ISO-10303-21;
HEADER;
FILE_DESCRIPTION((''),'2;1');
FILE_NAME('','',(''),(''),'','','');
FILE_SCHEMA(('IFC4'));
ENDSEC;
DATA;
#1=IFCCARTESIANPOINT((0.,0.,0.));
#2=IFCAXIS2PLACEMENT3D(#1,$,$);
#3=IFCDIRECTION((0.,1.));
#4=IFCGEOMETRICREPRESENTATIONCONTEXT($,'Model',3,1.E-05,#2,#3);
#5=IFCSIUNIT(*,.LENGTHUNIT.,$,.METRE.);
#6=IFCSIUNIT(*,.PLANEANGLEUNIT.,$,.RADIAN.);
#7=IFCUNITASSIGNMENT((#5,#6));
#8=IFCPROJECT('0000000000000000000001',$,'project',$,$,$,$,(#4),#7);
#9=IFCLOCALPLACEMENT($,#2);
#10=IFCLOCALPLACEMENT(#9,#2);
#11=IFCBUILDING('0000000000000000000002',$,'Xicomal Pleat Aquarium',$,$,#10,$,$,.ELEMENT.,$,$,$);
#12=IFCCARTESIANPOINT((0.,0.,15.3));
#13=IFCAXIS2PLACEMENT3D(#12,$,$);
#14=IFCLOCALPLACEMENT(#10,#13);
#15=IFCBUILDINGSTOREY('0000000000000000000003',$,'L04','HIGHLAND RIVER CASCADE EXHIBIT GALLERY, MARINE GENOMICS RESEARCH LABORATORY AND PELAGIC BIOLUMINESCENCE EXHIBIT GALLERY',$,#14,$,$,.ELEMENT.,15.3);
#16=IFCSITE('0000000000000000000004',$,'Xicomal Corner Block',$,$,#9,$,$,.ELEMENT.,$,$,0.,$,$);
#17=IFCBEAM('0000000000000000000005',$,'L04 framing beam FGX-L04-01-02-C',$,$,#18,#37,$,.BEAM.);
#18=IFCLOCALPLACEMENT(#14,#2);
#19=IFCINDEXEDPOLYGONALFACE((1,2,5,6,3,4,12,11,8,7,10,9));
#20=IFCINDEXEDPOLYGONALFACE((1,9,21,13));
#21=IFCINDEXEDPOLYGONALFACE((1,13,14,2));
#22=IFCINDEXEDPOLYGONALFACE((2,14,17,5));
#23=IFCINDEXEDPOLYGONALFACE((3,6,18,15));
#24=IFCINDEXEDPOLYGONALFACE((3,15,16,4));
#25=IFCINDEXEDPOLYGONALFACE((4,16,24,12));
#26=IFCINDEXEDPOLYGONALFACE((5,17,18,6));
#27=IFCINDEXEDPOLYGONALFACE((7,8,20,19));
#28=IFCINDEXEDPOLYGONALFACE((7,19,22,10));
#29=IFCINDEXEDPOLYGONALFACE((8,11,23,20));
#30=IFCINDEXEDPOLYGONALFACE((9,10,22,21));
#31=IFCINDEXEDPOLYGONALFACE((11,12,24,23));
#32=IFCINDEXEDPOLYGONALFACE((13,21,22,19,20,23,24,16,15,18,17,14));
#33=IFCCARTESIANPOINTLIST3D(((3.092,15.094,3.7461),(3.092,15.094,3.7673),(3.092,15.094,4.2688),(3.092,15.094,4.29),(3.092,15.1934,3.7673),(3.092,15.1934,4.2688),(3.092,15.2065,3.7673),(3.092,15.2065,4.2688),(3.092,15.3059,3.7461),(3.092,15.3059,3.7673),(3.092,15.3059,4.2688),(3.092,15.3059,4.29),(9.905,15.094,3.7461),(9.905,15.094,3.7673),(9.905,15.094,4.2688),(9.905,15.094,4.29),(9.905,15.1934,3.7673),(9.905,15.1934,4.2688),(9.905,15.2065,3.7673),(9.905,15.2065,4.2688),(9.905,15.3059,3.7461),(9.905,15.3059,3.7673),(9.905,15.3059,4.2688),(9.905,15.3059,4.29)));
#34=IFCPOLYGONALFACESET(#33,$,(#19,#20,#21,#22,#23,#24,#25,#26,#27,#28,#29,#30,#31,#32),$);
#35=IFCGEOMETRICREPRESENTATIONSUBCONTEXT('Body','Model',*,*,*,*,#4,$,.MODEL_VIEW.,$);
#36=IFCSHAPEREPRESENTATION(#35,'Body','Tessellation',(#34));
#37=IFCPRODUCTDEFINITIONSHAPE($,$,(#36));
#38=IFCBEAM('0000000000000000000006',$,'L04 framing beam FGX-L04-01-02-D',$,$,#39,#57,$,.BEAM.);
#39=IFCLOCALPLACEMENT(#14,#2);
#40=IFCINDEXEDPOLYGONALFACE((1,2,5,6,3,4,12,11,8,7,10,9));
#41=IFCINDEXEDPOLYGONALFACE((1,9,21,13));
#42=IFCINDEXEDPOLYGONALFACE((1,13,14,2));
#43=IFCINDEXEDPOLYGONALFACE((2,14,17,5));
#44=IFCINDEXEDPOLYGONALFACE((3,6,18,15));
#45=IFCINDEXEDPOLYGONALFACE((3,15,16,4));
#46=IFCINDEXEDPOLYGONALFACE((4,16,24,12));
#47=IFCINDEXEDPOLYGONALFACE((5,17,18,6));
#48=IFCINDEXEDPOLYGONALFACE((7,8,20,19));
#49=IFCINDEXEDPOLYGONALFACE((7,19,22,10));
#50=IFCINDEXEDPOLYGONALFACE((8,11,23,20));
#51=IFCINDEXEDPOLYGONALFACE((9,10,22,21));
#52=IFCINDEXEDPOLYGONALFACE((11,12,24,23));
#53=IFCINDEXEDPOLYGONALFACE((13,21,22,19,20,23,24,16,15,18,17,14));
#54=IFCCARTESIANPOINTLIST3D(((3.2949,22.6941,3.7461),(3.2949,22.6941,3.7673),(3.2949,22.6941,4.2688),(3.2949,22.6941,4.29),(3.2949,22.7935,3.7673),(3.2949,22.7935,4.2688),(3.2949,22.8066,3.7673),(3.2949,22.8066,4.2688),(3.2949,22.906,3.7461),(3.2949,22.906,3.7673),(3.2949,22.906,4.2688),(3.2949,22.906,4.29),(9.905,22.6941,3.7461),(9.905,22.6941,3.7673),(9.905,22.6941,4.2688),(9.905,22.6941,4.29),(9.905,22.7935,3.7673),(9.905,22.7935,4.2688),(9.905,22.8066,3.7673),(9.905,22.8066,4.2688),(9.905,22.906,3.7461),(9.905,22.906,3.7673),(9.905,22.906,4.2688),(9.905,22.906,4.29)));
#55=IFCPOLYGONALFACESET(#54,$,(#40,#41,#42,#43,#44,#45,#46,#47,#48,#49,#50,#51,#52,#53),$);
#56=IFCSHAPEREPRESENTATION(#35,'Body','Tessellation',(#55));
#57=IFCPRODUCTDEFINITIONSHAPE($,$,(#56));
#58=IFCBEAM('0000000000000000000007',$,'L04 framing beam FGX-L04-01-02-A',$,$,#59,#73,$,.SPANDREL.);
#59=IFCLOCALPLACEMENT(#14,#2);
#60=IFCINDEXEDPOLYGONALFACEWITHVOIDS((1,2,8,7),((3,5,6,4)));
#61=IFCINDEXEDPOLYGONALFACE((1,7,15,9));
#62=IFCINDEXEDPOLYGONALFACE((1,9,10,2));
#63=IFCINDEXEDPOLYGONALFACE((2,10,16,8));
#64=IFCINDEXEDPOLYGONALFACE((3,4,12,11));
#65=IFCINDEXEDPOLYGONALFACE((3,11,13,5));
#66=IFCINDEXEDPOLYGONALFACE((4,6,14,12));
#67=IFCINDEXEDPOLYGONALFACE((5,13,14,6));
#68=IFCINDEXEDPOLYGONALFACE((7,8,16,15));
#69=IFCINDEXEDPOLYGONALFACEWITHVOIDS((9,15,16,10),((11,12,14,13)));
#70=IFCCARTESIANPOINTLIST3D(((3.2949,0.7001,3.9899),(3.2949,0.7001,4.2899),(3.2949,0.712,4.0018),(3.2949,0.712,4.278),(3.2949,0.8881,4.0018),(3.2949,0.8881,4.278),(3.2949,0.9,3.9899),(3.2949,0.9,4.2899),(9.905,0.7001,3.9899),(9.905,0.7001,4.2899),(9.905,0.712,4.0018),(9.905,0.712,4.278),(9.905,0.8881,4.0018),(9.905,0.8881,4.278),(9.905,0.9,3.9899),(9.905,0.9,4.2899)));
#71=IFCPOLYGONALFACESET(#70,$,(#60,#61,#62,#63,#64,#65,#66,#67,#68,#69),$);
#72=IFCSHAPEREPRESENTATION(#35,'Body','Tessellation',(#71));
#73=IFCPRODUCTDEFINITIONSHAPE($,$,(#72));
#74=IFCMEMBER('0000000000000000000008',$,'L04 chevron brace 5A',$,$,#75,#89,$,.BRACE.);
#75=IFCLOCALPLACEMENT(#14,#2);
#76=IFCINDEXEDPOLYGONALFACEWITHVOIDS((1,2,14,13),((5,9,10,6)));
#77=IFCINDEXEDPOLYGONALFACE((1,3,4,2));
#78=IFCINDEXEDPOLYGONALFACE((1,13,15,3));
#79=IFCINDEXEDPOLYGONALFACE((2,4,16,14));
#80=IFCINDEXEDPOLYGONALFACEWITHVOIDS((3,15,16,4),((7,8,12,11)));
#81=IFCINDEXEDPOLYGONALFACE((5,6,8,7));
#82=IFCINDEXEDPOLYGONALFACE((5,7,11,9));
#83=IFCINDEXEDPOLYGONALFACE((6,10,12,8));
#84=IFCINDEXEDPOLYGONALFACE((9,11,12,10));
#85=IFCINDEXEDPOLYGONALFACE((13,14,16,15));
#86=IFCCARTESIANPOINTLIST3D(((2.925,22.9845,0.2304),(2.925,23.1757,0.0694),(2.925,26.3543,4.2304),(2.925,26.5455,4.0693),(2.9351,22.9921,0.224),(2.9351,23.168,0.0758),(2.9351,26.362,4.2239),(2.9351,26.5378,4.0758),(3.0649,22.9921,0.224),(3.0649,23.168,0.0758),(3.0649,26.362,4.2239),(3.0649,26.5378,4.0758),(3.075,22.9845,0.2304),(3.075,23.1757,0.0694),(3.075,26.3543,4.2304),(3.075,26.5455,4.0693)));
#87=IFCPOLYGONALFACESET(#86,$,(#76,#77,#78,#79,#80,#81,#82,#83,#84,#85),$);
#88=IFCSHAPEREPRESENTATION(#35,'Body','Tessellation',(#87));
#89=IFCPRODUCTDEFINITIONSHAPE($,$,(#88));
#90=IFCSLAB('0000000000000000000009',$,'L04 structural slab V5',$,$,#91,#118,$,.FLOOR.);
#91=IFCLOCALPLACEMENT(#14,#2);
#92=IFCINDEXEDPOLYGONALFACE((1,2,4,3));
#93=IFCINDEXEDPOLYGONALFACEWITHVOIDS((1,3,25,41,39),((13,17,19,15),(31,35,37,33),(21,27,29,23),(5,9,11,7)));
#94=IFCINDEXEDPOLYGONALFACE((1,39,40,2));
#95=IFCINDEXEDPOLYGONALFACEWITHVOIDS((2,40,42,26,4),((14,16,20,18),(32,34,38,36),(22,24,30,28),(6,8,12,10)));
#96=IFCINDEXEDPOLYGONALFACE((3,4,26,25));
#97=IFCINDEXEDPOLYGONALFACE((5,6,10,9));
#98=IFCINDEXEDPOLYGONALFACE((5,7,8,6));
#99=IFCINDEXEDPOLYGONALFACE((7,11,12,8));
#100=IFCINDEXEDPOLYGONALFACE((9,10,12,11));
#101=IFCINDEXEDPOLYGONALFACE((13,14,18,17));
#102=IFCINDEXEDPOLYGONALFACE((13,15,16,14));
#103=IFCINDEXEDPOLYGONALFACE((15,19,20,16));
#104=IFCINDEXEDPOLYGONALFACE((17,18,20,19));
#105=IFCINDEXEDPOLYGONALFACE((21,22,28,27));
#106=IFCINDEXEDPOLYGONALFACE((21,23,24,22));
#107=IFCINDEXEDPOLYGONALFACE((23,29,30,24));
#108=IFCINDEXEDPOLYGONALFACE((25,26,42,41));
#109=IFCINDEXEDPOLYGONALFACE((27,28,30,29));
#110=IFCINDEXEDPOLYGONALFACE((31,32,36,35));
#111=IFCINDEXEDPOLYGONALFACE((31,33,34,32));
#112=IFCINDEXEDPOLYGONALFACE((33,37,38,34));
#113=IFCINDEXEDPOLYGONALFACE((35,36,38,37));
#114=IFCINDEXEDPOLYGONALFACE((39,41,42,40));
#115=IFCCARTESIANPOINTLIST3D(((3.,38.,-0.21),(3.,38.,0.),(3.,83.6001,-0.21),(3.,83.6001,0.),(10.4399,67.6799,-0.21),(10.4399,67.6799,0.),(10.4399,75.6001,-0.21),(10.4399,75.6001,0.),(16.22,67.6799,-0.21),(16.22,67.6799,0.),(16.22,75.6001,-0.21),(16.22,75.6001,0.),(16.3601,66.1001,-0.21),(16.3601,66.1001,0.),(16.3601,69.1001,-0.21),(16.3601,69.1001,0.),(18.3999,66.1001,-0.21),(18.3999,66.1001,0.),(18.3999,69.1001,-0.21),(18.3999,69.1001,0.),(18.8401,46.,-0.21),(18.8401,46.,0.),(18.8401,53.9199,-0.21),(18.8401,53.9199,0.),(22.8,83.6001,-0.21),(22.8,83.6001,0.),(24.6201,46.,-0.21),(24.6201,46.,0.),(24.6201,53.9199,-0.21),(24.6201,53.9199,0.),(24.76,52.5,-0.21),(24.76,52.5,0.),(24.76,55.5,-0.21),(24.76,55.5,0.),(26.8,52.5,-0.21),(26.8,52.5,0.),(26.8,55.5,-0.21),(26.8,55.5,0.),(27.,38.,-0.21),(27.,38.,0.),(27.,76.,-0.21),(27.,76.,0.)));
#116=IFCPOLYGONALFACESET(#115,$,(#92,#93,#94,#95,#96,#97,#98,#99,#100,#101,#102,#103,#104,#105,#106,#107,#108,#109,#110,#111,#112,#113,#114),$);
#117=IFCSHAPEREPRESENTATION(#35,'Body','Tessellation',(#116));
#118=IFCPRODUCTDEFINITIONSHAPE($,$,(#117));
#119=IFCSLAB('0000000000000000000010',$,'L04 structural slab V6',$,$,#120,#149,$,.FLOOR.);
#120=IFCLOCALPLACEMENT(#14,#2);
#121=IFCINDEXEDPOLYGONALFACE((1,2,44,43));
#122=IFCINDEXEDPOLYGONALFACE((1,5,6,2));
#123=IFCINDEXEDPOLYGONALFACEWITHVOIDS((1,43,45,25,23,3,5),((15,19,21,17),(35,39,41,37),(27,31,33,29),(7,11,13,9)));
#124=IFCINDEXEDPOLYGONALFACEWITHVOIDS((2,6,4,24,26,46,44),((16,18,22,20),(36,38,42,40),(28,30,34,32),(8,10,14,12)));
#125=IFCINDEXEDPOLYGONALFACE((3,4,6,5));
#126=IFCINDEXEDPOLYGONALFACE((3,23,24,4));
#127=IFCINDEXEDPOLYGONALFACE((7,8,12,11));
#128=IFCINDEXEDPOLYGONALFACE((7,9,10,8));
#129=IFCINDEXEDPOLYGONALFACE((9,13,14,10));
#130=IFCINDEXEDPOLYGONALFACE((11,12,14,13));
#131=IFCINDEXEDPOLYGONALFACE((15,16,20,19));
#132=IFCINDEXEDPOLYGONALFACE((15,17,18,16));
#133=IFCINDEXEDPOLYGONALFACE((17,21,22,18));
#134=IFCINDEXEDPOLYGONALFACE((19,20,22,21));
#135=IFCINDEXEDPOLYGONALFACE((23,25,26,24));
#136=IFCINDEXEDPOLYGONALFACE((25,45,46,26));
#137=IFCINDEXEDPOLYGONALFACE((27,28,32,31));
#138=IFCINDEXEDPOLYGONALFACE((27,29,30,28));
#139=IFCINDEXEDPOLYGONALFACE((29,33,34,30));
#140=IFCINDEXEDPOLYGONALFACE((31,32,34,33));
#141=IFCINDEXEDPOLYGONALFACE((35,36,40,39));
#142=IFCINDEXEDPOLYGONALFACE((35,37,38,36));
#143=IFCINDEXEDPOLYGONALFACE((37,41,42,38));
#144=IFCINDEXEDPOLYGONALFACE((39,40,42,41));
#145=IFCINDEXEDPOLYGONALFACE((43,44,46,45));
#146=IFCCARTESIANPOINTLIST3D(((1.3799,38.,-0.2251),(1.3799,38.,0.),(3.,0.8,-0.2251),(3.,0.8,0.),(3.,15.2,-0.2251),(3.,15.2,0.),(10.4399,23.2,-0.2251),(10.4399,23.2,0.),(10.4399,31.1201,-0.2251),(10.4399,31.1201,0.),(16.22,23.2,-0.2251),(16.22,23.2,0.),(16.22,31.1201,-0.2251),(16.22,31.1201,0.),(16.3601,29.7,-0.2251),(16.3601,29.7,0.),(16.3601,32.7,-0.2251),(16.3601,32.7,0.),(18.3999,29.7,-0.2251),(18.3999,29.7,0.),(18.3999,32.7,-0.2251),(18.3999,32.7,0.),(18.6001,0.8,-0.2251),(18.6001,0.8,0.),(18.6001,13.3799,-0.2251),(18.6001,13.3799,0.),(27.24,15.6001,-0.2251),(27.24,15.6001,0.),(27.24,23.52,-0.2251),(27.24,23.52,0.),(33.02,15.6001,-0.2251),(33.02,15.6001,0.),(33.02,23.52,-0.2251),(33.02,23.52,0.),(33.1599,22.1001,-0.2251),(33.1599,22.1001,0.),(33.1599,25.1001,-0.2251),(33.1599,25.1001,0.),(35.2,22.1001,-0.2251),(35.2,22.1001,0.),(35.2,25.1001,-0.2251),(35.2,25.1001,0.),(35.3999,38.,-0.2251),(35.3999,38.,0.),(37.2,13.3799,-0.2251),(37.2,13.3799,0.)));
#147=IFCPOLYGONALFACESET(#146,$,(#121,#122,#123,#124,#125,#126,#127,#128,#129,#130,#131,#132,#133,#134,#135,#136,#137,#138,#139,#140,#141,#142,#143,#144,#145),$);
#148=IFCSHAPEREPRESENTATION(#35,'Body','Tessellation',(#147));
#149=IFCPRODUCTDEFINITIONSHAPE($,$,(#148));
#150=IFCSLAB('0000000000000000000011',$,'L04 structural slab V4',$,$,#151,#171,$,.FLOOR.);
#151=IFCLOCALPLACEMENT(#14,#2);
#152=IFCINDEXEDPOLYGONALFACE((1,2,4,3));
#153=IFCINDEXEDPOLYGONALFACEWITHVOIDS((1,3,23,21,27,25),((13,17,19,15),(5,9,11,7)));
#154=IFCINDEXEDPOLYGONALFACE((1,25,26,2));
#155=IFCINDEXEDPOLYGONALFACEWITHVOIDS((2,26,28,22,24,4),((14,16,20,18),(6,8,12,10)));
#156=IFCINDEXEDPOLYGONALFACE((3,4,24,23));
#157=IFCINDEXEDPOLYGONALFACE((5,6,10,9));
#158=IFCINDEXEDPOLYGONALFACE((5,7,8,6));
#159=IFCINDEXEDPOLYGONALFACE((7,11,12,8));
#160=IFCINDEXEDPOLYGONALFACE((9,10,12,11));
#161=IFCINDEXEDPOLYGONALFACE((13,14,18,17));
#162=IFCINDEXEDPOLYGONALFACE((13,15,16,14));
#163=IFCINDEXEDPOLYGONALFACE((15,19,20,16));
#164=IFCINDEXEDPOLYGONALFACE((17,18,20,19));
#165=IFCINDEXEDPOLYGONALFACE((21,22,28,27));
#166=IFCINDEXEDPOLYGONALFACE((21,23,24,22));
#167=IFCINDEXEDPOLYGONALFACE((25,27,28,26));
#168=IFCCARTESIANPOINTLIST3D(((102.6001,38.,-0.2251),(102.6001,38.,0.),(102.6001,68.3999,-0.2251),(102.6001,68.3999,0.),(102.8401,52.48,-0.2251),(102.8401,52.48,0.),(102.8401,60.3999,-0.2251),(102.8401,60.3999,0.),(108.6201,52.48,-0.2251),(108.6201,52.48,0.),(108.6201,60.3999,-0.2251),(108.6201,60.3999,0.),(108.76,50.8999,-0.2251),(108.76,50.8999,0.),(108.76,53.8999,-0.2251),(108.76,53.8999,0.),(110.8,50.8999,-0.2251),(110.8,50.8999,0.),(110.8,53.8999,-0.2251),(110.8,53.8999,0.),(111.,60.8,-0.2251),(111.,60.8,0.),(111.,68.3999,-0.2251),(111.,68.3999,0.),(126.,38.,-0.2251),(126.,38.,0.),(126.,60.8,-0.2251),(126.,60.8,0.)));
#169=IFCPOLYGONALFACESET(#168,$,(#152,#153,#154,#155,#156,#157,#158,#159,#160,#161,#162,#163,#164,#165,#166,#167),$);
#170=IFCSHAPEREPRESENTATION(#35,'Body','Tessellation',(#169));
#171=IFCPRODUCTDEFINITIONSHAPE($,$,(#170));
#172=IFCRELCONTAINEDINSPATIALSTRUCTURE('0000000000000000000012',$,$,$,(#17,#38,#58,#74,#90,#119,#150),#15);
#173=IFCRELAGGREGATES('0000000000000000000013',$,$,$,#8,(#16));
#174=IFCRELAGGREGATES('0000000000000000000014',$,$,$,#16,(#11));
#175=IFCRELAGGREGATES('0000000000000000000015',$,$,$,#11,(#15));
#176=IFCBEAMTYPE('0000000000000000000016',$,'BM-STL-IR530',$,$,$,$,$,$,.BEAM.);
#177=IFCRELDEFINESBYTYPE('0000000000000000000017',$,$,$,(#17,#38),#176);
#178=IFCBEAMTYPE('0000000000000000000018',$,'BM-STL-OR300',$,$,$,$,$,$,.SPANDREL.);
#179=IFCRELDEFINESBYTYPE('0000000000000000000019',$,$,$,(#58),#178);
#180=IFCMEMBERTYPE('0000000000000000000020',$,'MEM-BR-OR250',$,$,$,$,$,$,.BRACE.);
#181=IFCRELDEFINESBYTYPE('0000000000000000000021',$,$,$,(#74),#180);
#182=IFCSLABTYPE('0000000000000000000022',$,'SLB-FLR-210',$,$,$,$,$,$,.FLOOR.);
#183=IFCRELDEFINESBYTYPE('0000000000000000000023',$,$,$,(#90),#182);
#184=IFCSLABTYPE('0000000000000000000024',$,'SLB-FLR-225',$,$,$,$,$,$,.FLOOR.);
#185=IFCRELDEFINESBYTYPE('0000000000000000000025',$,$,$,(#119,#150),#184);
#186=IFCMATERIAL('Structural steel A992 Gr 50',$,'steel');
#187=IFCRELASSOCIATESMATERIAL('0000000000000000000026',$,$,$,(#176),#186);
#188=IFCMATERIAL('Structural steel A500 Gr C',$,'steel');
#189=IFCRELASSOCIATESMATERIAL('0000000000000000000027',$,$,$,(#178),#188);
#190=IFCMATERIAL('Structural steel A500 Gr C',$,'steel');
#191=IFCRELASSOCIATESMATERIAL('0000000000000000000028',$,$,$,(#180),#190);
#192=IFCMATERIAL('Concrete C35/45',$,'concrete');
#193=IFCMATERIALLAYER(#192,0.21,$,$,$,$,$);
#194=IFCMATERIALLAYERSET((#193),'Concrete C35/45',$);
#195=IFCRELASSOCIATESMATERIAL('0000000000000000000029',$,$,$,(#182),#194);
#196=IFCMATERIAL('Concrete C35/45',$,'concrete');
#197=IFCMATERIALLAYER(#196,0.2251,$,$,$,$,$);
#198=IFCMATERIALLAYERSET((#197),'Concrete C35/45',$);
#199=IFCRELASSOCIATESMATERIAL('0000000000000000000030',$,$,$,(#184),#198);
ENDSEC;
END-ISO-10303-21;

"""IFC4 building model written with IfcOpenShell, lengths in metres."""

from ifc_helpers import new_model, si_unit, direction, frame, origin, origin_2d, place, context, subcontext, project, spatial, polyline, hollow_rectangle, i_section, outline, extrude, material, layer, layer_set, material_profile, profile_set, type_object, element, save


model = new_model("IFC4")

# Units and contexts
model_context = context("Model", 3, precision=1e-05, world=origin(), true_north=direction((0.0, 1.0)))
body_context = subcontext(model_context, "Body", "Model", "MODEL_VIEW")
ifc_project = project(units=[si_unit("LENGTHUNIT", "METRE"), si_unit("PLANEANGLEUNIT", "RADIAN")], contexts=[model_context])

# Site, building, storey
site_placement = place(None, origin())
site = spatial("IfcSite", under=ifc_project, at=site_placement, Name="Xicomal Corner Block", CompositionType="ELEMENT", RefElevation=0.0)
building_placement = place(site_placement, origin())
building = spatial("IfcBuilding", under=site, at=building_placement, Name="Xicomal Pleat Aquarium", CompositionType="ELEMENT")
storey_placement = place(building_placement, frame((0.0, 0.0, 15.3)))
storey = spatial("IfcBuildingStorey", under=building, at=storey_placement, Name="L04", Description="HIGHLAND RIVER CASCADE EXHIBIT GALLERY, MARINE GENOMICS RESEARCH LABORATORY AND PELAGIC BIOLUMINESCENCE EXHIBIT GALLERY", CompositionType="ELEMENT", Elevation=15.3)

# Beams
ifc_material_1 = material(Name="Structural steel A992 Gr 50", Category="steel")
ifc_material_profile_1 = material_profile(ifc_material_1, i_section(OverallWidth=0.2119, OverallDepth=0.5439, WebThickness=0.0132, FlangeThickness=0.0212, at=origin_2d()), Name="IR 530x123")
ifc_profile_set_1 = profile_set([ifc_material_profile_1], Name="Structural steel A992 Gr 50")
beam_type_1 = type_object("IfcBeamType", Name="BM-STL-IR530", PredefinedType="BEAM", material=ifc_profile_set_1)
beam_1_placement = place(storey_placement, frame((3.092, 15.2, 4.0181), z_axis=(1.0, 0.0, 0.0), x_axis=(0.0, 1.0, 0.0)))
element("IfcBeam", 1, at=beam_1_placement, inside=storey, type_object=beam_type_1, Name="L04 framing beam FGX-L04-01-02-C", PredefinedType="BEAM", context=body_context, shape_type="SweptSolid", body=[
    extrude(i_section(OverallWidth=0.2119, OverallDepth=0.5439, WebThickness=0.0132, FlangeThickness=0.0212, at=origin_2d()), origin(), (0.0, 0.0, 1.0), 6.813),
])
beam_2_placement = place(storey_placement, frame((3.2949, 22.8, 4.0181), z_axis=(1.0, 0.0, 0.0), x_axis=(0.0, 1.0, 0.0)))
element("IfcBeam", 2, at=beam_2_placement, inside=storey, type_object=beam_type_1, Name="L04 framing beam FGX-L04-01-02-D", PredefinedType="BEAM", context=body_context, shape_type="SweptSolid", body=[
    extrude(i_section(OverallWidth=0.2119, OverallDepth=0.5439, WebThickness=0.0132, FlangeThickness=0.0212, at=origin_2d()), origin(), (0.0, 0.0, 1.0), 6.6101),
])
ifc_material_2 = material(Name="Structural steel A500 Gr C", Category="steel")
ifc_material_profile_2 = material_profile(ifc_material_2, hollow_rectangle(XDim=0.2, YDim=0.3, WallThickness=0.012, at=origin_2d()), Name="OR 300x200x12")
ifc_profile_set_2 = profile_set([ifc_material_profile_2], Name="Structural steel A500 Gr C")
beam_type_2 = type_object("IfcBeamType", Name="BM-STL-OR300", PredefinedType="SPANDREL", material=ifc_profile_set_2)
beam_3_placement = place(storey_placement, frame((3.2949, 0.8, 4.1399), z_axis=(1.0, 0.0, 0.0), x_axis=(0.0, 1.0, 0.0)))
element("IfcBeam", 3, at=beam_3_placement, inside=storey, type_object=beam_type_2, Name="L04 framing beam FGX-L04-01-02-A", PredefinedType="SPANDREL", context=body_context, shape_type="SweptSolid", body=[
    extrude(hollow_rectangle(XDim=0.2, YDim=0.3, WallThickness=0.012, at=origin_2d()), origin(), (0.0, 0.0, 1.0), 6.6101),
])

# Member
ifc_material_3 = material(Name="Structural steel A500 Gr C", Category="steel")
ifc_material_profile_3 = material_profile(ifc_material_3, hollow_rectangle(XDim=0.1499, YDim=0.25, WallThickness=0.01, at=origin_2d()), Name="OR 250x150x10")
ifc_profile_set_3 = profile_set([ifc_material_profile_3], Name="Structural steel A500 Gr C")
member_type = type_object("IfcMemberType", Name="MEM-BR-OR250", PredefinedType="BRACE", material=ifc_profile_set_3)
member_placement = place(storey_placement, frame((3.0, 23.0801, 0.1499), z_axis=(0.0, 0.644298, 0.764774), x_axis=(-1.0, 0.0, 0.0)))
element("IfcMember", 4, at=member_placement, inside=storey, type_object=member_type, Name="L04 chevron brace 5A", PredefinedType="BRACE", context=body_context, shape_type="SweptSolid", body=[
    extrude(hollow_rectangle(XDim=0.1499, YDim=0.25, WallThickness=0.01, at=origin_2d()), origin(), (0.0, 0.0, 1.0), 5.2302),
])

# Slabs
ifc_material_4 = material(Name="Concrete C35/45", Category="concrete")
ifc_layer_1 = layer(ifc_material_4, 0.21)
ifc_layer_set_1 = layer_set([ifc_layer_1], Name="Concrete C35/45")
slab_type_1 = type_object("IfcSlabType", Name="SLB-FLR-210", PredefinedType="FLOOR", material=ifc_layer_set_1)
slab_1_placement = place(storey_placement, frame((0.0, 0.0, -0.21)))
element("IfcSlab", 5, at=slab_1_placement, inside=storey, type_object=slab_type_1, Name="L04 structural slab V5", PredefinedType="FLOOR", context=body_context, shape_type="SweptSolid", body=[
    extrude(outline(polyline([(3.0, 38.0), (3.0, 83.6001), (22.8, 83.6001), (27.0, 76.0), (27.0, 38.0), (3.0, 38.0)]), holes=[polyline([(10.4399, 67.6799), (16.22, 67.6799), (16.22, 75.6001), (10.4399, 75.6001), (10.4399, 67.6799)]), polyline([(16.3601, 66.1001), (18.3999, 66.1001), (18.3999, 69.1001), (16.3601, 69.1001), (16.3601, 66.1001)]), polyline([(18.8401, 46.0), (24.6201, 46.0), (24.6201, 53.9199), (18.8401, 53.9199), (18.8401, 46.0)]), polyline([(24.76, 52.5), (26.8, 52.5), (26.8, 55.5), (24.76, 55.5), (24.76, 52.5)])]), origin(), (0.0, 0.0, 1.0), 0.21),
])
ifc_material_5 = material(Name="Concrete C35/45", Category="concrete")
ifc_layer_2 = layer(ifc_material_5, 0.2251)
ifc_layer_set_2 = layer_set([ifc_layer_2], Name="Concrete C35/45")
slab_type_2 = type_object("IfcSlabType", Name="SLB-FLR-225", PredefinedType="FLOOR", material=ifc_layer_set_2)
slab_2_placement = place(storey_placement, frame((0.0, 0.0, -0.2251)))
element("IfcSlab", 6, at=slab_2_placement, inside=storey, type_object=slab_type_2, Name="L04 structural slab V6", PredefinedType="FLOOR", context=body_context, shape_type="SweptSolid", body=[
    extrude(outline(polyline([(3.0, 15.2), (1.3799, 38.0), (35.3999, 38.0), (37.2, 13.3799), (18.6001, 13.3799), (18.6001, 0.8), (3.0, 0.8), (3.0, 15.2)]), holes=[polyline([(10.4399, 23.2), (16.22, 23.2), (16.22, 31.1201), (10.4399, 31.1201), (10.4399, 23.2)]), polyline([(16.3601, 29.7), (18.3999, 29.7), (18.3999, 32.7), (16.3601, 32.7), (16.3601, 29.7)]), polyline([(27.24, 15.6001), (33.02, 15.6001), (33.02, 23.52), (27.24, 23.52), (27.24, 15.6001)]), polyline([(33.1599, 22.1001), (35.2, 22.1001), (35.2, 25.1001), (33.1599, 25.1001), (33.1599, 22.1001)])]), origin(), (0.0, 0.0, 1.0), 0.2251),
])
slab_3_placement = place(storey_placement, frame((0.0, 0.0, -0.2251)))
element("IfcSlab", 7, at=slab_3_placement, inside=storey, type_object=slab_type_2, Name="L04 structural slab V4", PredefinedType="FLOOR", context=body_context, shape_type="SweptSolid", body=[
    extrude(outline(polyline([(102.6001, 68.3999), (111.0, 68.3999), (111.0, 60.8), (126.0, 60.8), (126.0, 38.0), (102.6001, 38.0), (102.6001, 68.3999)]), holes=[polyline([(102.8401, 52.48), (108.6201, 52.48), (108.6201, 60.3999), (102.8401, 60.3999), (102.8401, 52.48)]), polyline([(108.76, 50.8999), (110.8, 50.8999), (110.8, 53.8999), (108.76, 53.8999), (108.76, 50.8999)])]), origin(), (0.0, 0.0, 1.0), 0.2251),
])

save(model, "model.ifc")
